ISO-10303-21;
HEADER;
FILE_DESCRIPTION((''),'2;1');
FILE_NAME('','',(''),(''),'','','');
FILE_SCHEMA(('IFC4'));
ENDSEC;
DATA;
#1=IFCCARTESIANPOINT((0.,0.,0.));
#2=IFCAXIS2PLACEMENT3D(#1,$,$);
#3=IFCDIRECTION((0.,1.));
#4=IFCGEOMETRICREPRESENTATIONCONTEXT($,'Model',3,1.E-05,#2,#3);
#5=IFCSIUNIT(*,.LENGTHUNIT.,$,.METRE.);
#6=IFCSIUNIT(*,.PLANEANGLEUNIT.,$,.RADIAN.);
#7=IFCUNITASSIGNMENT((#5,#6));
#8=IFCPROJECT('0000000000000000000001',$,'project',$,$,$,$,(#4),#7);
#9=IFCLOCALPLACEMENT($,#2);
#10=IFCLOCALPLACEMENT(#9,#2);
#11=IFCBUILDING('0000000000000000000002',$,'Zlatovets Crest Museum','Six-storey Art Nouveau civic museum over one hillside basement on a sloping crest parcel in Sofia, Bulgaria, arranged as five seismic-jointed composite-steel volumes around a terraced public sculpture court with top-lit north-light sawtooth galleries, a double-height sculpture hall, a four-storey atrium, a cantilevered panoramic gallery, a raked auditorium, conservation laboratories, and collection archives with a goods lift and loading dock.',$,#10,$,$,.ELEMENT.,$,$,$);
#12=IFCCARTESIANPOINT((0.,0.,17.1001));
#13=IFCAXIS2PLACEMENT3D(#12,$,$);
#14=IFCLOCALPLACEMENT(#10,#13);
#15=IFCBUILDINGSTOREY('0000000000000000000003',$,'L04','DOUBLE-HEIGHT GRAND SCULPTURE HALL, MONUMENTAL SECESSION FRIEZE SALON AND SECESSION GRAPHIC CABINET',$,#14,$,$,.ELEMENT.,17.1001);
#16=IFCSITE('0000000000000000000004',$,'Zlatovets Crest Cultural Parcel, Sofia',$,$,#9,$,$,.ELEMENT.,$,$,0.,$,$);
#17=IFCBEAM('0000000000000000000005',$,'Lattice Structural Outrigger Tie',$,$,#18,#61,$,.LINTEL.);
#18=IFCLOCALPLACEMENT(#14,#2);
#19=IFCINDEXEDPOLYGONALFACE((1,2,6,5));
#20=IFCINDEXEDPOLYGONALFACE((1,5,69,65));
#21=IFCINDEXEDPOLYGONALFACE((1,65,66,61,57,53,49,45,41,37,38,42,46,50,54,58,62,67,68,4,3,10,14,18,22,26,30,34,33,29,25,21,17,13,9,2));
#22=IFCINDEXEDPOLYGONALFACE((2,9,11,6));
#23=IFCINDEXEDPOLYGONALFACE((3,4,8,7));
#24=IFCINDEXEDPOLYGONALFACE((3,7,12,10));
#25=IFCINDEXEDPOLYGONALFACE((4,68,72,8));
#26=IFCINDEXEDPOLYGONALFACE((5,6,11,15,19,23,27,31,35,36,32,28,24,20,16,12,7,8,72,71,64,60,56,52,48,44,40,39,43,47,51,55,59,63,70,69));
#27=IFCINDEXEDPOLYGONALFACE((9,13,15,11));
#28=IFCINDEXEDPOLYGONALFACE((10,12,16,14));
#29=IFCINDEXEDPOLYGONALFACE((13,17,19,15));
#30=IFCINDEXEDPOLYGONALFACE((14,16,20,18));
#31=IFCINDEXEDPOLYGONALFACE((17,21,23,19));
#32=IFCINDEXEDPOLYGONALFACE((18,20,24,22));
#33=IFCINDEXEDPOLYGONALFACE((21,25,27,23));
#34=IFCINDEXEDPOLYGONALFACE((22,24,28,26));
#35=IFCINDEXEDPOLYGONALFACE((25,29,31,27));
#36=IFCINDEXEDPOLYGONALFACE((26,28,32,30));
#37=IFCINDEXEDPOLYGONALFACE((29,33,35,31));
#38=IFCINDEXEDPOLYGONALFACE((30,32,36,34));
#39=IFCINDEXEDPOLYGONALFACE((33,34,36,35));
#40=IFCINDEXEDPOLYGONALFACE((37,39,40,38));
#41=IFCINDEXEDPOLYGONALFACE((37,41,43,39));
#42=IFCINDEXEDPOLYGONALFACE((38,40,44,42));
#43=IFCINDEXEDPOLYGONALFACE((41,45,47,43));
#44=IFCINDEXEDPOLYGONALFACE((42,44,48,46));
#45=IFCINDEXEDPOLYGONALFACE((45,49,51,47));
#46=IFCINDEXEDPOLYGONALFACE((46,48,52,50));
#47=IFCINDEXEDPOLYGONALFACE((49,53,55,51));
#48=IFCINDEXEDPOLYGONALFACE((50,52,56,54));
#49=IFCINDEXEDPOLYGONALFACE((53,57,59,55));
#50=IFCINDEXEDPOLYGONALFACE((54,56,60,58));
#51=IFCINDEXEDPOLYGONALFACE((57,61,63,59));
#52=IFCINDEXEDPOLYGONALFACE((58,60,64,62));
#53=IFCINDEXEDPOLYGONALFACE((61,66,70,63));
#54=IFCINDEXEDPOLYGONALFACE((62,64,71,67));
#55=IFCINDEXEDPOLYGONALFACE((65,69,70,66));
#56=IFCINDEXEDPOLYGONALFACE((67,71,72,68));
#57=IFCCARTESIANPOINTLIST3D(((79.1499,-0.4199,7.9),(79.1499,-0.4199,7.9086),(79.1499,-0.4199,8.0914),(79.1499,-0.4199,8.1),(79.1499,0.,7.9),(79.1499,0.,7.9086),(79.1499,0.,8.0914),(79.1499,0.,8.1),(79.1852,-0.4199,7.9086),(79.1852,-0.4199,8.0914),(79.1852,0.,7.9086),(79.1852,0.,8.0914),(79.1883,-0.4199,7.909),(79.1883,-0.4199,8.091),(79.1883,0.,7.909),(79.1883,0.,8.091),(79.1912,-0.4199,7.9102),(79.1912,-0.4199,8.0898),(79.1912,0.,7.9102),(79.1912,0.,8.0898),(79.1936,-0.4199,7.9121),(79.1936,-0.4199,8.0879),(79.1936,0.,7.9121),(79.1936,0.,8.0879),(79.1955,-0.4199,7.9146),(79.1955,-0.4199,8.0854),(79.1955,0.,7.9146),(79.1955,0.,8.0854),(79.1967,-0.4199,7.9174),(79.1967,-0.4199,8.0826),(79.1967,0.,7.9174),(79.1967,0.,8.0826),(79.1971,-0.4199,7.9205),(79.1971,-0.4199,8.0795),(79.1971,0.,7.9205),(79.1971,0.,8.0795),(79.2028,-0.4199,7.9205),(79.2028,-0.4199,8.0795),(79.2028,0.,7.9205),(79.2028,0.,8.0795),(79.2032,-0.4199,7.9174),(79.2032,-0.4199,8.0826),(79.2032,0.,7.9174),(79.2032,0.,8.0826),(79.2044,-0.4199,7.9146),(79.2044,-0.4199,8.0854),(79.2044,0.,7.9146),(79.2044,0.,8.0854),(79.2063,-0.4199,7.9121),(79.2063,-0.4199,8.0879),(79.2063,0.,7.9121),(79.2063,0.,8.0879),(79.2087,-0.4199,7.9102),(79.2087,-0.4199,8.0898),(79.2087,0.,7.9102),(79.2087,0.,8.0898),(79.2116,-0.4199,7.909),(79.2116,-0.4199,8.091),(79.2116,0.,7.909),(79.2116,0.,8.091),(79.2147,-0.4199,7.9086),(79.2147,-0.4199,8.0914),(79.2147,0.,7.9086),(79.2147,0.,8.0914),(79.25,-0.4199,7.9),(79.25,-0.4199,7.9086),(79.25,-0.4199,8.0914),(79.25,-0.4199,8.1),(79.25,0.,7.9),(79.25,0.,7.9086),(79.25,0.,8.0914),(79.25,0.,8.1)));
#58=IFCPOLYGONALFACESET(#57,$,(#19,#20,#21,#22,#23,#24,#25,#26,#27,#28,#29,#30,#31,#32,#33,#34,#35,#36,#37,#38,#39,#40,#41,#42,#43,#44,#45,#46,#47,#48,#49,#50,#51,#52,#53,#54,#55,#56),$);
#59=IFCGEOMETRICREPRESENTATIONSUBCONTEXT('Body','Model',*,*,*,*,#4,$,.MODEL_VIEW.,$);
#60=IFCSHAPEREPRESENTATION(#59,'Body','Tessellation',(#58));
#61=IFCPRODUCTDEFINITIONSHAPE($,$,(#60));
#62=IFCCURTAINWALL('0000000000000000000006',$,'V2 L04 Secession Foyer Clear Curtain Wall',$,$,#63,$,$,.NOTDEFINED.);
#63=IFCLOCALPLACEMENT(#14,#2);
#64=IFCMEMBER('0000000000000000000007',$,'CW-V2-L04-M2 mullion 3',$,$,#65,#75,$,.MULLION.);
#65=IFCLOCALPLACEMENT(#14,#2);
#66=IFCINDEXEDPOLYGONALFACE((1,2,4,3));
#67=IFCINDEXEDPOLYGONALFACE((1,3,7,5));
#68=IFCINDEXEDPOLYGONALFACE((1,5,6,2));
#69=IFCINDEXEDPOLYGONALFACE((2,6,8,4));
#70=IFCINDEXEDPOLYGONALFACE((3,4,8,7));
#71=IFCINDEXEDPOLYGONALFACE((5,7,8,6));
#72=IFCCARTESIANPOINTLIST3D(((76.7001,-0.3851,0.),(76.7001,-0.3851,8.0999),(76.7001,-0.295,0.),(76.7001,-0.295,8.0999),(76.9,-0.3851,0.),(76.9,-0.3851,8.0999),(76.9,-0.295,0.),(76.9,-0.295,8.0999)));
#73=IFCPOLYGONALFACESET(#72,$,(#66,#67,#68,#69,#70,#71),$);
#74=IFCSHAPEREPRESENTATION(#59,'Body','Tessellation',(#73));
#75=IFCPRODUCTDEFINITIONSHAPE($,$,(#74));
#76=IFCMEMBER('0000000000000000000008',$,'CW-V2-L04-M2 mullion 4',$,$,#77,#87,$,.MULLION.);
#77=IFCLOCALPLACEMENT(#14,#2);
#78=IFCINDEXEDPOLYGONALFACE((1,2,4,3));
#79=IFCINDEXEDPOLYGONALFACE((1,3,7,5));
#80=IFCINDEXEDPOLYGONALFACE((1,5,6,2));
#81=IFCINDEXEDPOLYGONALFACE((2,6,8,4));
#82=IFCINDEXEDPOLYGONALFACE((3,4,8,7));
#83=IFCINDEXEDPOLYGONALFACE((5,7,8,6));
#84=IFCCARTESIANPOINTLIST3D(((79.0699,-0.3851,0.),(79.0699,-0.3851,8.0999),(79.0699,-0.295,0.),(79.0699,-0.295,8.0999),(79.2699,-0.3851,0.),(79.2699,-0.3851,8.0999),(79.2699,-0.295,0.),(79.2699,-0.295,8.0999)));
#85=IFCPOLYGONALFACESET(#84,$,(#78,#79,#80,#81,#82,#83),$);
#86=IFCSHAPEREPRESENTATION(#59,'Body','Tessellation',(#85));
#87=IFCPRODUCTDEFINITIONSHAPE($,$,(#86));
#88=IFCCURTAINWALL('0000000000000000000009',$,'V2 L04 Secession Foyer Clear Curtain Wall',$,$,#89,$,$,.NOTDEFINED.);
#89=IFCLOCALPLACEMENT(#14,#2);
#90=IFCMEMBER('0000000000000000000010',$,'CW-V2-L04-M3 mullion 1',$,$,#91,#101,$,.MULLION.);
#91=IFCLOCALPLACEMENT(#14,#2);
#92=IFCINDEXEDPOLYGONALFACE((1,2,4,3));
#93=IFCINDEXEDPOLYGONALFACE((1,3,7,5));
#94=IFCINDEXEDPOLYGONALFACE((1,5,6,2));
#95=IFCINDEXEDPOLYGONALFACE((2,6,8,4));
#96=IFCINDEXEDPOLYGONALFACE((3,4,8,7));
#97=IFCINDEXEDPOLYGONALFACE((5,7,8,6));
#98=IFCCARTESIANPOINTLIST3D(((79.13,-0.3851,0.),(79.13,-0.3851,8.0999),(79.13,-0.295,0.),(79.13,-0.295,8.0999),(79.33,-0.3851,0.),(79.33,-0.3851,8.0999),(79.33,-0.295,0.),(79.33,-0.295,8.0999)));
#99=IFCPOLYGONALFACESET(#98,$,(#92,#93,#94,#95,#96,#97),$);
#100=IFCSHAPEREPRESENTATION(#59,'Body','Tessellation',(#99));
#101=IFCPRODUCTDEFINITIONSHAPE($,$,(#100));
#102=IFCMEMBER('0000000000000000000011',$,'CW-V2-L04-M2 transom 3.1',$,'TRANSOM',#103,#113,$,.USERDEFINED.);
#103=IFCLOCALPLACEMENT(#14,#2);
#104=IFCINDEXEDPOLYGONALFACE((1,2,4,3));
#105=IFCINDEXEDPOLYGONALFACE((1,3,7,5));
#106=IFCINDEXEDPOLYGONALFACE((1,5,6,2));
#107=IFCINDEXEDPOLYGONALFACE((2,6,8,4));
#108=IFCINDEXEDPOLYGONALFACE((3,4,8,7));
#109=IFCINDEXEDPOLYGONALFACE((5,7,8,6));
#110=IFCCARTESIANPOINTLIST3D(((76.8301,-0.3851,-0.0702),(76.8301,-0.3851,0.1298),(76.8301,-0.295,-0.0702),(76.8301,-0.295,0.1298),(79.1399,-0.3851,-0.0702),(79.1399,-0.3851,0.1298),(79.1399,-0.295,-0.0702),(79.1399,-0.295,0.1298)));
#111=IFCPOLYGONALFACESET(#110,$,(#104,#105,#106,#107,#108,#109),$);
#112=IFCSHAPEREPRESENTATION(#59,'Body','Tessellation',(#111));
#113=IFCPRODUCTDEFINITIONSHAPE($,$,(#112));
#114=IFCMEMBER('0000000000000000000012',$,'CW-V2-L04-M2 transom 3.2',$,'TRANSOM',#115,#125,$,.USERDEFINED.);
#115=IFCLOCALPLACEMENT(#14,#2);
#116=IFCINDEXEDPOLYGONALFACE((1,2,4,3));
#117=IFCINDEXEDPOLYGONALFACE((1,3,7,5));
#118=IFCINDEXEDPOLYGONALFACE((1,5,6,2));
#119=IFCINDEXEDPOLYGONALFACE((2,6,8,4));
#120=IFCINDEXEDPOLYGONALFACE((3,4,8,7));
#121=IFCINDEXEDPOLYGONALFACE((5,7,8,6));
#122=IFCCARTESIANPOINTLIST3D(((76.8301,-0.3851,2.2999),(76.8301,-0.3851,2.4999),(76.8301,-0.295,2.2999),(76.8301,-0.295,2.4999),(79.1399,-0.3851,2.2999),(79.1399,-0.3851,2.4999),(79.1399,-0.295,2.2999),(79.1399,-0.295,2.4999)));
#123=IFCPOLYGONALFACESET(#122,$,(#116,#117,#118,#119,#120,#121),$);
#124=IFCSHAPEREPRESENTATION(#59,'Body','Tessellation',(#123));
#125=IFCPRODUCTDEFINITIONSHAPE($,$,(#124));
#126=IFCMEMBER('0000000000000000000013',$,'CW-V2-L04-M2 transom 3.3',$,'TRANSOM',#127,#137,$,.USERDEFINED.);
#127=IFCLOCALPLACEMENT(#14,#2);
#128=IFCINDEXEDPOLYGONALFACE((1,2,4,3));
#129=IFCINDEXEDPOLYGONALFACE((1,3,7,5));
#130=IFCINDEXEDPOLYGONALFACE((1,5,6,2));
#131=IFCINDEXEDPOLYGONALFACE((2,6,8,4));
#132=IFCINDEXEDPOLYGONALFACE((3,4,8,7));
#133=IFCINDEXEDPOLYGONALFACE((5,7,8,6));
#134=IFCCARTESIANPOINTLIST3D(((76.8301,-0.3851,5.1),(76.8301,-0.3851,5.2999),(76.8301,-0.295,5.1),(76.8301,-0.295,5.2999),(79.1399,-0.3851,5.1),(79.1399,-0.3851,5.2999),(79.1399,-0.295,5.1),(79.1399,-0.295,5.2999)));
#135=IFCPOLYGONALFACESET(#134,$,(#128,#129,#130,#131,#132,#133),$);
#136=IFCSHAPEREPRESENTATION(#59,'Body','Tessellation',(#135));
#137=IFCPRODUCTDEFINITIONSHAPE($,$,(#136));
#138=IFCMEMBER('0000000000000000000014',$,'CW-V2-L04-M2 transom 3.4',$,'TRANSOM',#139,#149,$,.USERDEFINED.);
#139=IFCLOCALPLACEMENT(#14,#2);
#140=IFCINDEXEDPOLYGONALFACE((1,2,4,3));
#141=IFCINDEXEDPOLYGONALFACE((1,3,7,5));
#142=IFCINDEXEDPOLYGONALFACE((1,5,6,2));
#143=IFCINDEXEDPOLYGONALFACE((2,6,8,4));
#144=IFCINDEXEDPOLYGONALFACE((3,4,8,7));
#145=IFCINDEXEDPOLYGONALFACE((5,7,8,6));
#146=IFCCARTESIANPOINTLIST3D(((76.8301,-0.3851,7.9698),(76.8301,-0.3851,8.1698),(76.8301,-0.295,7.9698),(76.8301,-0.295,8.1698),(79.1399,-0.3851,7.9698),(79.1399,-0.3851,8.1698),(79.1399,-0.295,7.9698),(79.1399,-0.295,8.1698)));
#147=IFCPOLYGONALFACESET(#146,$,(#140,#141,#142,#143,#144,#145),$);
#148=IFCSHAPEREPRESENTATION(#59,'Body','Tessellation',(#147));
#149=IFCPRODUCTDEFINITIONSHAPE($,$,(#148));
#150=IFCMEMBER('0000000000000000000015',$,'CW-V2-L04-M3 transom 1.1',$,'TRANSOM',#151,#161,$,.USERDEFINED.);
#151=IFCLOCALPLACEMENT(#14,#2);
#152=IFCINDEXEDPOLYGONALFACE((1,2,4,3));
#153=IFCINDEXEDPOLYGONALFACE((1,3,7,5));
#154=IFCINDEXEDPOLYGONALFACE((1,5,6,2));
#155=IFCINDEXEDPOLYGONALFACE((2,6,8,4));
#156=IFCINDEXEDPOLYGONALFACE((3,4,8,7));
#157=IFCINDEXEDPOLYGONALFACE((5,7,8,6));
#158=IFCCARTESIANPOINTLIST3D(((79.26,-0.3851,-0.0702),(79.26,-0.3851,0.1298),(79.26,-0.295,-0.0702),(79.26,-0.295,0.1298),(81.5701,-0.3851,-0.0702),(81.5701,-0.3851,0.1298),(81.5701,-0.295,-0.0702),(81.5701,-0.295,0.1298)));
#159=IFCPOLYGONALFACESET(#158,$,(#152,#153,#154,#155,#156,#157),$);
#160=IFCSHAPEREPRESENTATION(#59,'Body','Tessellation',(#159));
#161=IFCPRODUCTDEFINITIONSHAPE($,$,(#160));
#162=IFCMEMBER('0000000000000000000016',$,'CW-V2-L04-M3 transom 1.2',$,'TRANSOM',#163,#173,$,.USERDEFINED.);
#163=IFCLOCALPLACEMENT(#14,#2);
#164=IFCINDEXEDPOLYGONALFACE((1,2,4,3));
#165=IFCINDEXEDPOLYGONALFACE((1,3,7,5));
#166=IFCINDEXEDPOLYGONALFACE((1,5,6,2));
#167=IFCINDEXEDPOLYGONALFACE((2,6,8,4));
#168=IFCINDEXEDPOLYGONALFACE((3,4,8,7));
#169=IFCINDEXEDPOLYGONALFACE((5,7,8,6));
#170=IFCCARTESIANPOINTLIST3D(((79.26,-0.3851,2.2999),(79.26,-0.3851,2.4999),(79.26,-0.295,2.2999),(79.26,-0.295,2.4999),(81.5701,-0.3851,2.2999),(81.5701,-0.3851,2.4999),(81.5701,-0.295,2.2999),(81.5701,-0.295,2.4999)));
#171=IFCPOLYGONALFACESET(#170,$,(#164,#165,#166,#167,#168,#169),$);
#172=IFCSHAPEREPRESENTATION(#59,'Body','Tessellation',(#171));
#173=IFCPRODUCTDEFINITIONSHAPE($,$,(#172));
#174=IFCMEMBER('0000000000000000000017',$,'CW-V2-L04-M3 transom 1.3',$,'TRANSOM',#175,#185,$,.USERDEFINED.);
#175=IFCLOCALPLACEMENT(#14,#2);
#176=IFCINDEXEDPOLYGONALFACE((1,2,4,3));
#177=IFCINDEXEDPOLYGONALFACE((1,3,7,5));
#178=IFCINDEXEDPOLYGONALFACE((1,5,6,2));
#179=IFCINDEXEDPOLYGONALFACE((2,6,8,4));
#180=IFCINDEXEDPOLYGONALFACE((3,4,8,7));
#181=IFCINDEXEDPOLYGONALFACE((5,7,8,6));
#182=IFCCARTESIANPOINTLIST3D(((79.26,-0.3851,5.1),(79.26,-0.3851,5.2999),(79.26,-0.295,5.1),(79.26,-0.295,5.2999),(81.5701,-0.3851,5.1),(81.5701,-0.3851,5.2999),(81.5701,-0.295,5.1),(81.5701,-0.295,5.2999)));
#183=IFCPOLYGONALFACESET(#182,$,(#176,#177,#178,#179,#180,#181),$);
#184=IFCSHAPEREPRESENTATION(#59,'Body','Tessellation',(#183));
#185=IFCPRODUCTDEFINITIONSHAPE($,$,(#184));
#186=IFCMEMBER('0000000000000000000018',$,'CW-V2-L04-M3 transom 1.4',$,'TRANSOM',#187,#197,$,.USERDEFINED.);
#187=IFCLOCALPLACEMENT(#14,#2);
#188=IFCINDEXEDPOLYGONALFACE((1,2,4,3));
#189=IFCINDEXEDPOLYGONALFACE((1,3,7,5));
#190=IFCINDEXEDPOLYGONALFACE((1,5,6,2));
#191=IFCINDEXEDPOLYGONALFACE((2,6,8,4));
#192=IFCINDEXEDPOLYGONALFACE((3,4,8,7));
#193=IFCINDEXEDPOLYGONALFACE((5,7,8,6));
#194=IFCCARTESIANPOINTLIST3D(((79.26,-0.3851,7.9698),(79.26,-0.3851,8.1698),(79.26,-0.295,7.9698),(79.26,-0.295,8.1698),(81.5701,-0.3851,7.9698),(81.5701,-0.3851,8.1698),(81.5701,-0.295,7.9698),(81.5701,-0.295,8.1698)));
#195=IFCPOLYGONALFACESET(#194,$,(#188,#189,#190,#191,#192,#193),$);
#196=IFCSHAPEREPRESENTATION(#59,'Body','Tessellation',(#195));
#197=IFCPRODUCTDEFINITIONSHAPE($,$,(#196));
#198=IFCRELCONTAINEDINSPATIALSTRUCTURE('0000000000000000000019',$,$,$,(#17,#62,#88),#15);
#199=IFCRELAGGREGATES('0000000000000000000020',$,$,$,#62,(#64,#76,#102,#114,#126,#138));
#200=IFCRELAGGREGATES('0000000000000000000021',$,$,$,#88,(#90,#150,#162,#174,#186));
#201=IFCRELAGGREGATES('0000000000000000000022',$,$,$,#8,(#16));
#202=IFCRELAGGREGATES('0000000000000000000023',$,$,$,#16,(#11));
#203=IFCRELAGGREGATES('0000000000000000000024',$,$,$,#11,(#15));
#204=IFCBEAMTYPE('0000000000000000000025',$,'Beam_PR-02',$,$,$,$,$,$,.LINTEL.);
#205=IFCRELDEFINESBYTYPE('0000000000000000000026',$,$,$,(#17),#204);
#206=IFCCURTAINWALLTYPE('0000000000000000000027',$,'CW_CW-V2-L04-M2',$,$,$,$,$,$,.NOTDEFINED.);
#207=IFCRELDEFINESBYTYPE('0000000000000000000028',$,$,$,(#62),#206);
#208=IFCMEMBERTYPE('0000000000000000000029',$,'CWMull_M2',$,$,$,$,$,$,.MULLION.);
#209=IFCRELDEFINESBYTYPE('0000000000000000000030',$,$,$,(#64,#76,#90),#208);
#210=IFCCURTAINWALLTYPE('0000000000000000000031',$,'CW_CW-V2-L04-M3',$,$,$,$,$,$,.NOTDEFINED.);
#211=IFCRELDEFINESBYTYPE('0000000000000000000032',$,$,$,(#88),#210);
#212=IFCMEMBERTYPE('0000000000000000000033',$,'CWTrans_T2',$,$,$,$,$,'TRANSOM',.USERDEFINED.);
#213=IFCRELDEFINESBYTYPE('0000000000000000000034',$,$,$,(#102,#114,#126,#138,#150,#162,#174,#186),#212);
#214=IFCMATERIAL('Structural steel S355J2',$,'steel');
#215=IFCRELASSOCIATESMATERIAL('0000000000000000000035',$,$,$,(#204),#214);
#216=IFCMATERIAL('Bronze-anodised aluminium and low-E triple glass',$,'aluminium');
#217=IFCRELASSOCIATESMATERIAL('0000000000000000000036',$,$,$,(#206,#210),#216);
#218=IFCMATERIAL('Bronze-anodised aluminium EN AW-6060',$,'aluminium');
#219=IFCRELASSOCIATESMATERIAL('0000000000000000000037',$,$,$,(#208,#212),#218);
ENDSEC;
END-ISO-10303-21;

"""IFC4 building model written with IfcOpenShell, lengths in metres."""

from ifc_helpers import new_model, si_unit, direction, frame, origin, origin_2d, place, context, subcontext, project, spatial, rectangle, i_section, extrude, material, material_profile, profile_set, type_object, element, aggregate, save


model = new_model("IFC4")

# Units and contexts
model_context = context("Model", 3, precision=1e-05, world=origin(), true_north=direction((0.0, 1.0)))
body_context = subcontext(model_context, "Body", "Model", "MODEL_VIEW")
ifc_project = project(units=[si_unit("LENGTHUNIT", "METRE"), si_unit("PLANEANGLEUNIT", "RADIAN")], contexts=[model_context])

# Site, building, storey
site_placement = place(None, origin())
site = spatial("IfcSite", under=ifc_project, at=site_placement, Name="Zlatovets Crest Cultural Parcel, Sofia", CompositionType="ELEMENT", RefElevation=0.0)
building_placement = place(site_placement, origin())
building = spatial("IfcBuilding", under=site, at=building_placement, Name="Zlatovets Crest Museum", Description="Six-storey Art Nouveau civic museum over one hillside basement on a sloping crest parcel in Sofia, Bulgaria, arranged as five seismic-jointed composite-steel volumes around a terraced public sculpture court with top-lit north-light sawtooth galleries, a double-height sculpture hall, a four-storey atrium, a cantilevered panoramic gallery, a raked auditorium, conservation laboratories, and collection archives with a goods lift and loading dock.", CompositionType="ELEMENT")
storey_placement = place(building_placement, frame((0.0, 0.0, 17.1001)))
storey = spatial("IfcBuildingStorey", under=building, at=storey_placement, Name="L04", Description="DOUBLE-HEIGHT GRAND SCULPTURE HALL, MONUMENTAL SECESSION FRIEZE SALON AND SECESSION GRAPHIC CABINET", CompositionType="ELEMENT", Elevation=17.1001)

# Shared definitions
ifc_material_1 = material(Name="Structural steel S355J2", Category="steel")

# Beam
ifc_material_profile_1 = material_profile(ifc_material_1, i_section(OverallWidth=0.1001, OverallDepth=0.2, WebThickness=0.0056, FlangeThickness=0.0085, FilletRadius=0.012, at=origin_2d()), Name="IPE 200")
ifc_profile_set_1 = profile_set([ifc_material_profile_1], Name="Structural steel S355J2")
beam_type_1 = type_object("IfcBeamType", Name="Beam_PR-02", PredefinedType="LINTEL", material=ifc_profile_set_1)
for number, where, z_axis, x_axis, name in (
    (1, (79.2, 0.0, 8.0), (0.0, -1.0, 0.0), (1.0, 0.0, 0.0), "Lattice Structural Outrigger Tie"),
):
    element("IfcBeam", number, at=place(storey_placement, frame(where, z_axis=z_axis, x_axis=x_axis)), inside=storey, type_object=beam_type_1, Name=name, PredefinedType="LINTEL", context=body_context, shape_type="SweptSolid", body=[
        extrude(i_section(OverallWidth=0.1001, OverallDepth=0.2, WebThickness=0.0056, FlangeThickness=0.0085, FilletRadius=0.012, at=origin_2d()), origin(), (0.0, 0.0, 1.0), 0.4199),
    ])

# Curtain wall, members
ifc_material_2 = material(Name="Bronze-anodised aluminium and low-E triple glass", Category="aluminium")
curtain_wall_type_1 = type_object("IfcCurtainWallType", Name="CW_CW-V2-L04-M2", PredefinedType="NOTDEFINED", material=ifc_material_2)
curtain_wall_1_placement = place(storey_placement, origin())
curtain_wall_1 = element("IfcCurtainWall", 2, at=curtain_wall_1_placement, inside=storey, type_object=curtain_wall_type_1, Name="V2 L04 Secession Foyer Clear Curtain Wall", PredefinedType="NOTDEFINED")
ifc_material_3 = material(Name="Bronze-anodised aluminium EN AW-6060", Category="aluminium")
ifc_material_profile_2 = material_profile(ifc_material_3, rectangle(XDim=0.0901, YDim=0.2, at=origin_2d()), Name="ALU 90x200")
ifc_profile_set_2 = profile_set([ifc_material_profile_2], Name="Bronze-anodised aluminium EN AW-6060")
member_type_1 = type_object("IfcMemberType", Name="CWMull_M2", PredefinedType="MULLION", material=ifc_profile_set_2)
member_1_placement = place(storey_placement, frame((76.8, -0.3401, 0.0), z_axis=(0.0, 0.0, 1.0), x_axis=(0.0, 1.0, 0.0)))
member_1 = element("IfcMember", 3, at=member_1_placement, type_object=member_type_1, Name="CW-V2-L04-M2 mullion 3", PredefinedType="MULLION", context=body_context, shape_type="SweptSolid", body=[
    extrude(rectangle(XDim=0.0901, YDim=0.2, at=origin_2d()), origin(), (0.0, 0.0, 1.0), 8.0999),
])
member_2_placement = place(storey_placement, frame((79.1699, -0.3401, 0.0), z_axis=(0.0, 0.0, 1.0), x_axis=(0.0, 1.0, 0.0)))
member_2 = element("IfcMember", 4, at=member_2_placement, type_object=member_type_1, Name="CW-V2-L04-M2 mullion 4", PredefinedType="MULLION", context=body_context, shape_type="SweptSolid", body=[
    extrude(rectangle(XDim=0.0901, YDim=0.2, at=origin_2d()), origin(), (0.0, 0.0, 1.0), 8.0999),
])

# Curtain wall, member
curtain_wall_type_2 = type_object("IfcCurtainWallType", Name="CW_CW-V2-L04-M3", PredefinedType="NOTDEFINED", material=ifc_material_2)
curtain_wall_2_placement = place(storey_placement, origin())
curtain_wall_2 = element("IfcCurtainWall", 5, at=curtain_wall_2_placement, inside=storey, type_object=curtain_wall_type_2, Name="V2 L04 Secession Foyer Clear Curtain Wall", PredefinedType="NOTDEFINED")
member_3_placement = place(storey_placement, frame((79.23, -0.3401, 0.0), z_axis=(0.0, 0.0, 1.0), x_axis=(0.0, 1.0, 0.0)))
member_3 = element("IfcMember", 6, at=member_3_placement, type_object=member_type_1, Name="CW-V2-L04-M3 mullion 1", PredefinedType="MULLION", context=body_context, shape_type="SweptSolid", body=[
    extrude(rectangle(XDim=0.0901, YDim=0.2, at=origin_2d()), origin(), (0.0, 0.0, 1.0), 8.0999),
])

# Members
ifc_material_profile_3 = material_profile(ifc_material_3, rectangle(XDim=0.0901, YDim=0.2, at=origin_2d()), Name="ALU 90x200")
ifc_profile_set_3 = profile_set([ifc_material_profile_3], Name="Bronze-anodised aluminium EN AW-6060")
member_type_2 = type_object("IfcMemberType", Name="CWTrans_T2", ElementType="TRANSOM", PredefinedType="USERDEFINED", material=ifc_profile_set_3)
member_4_placement = place(storey_placement, frame((76.8301, -0.3401, 0.0298), z_axis=(1.0, 0.0, 0.0), x_axis=(0.0, 1.0, 0.0)))
member_4 = element("IfcMember", 7, at=member_4_placement, type_object=member_type_2, Name="CW-V2-L04-M2 transom 3.1", ObjectType="TRANSOM", PredefinedType="USERDEFINED", context=body_context, shape_type="SweptSolid", body=[
    extrude(rectangle(XDim=0.0901, YDim=0.2, at=origin_2d()), origin(), (0.0, 0.0, 1.0), 2.3098),
])
member_5_placement = place(storey_placement, frame((76.8301, -0.3401, 2.3999), z_axis=(1.0, 0.0, 0.0), x_axis=(0.0, 1.0, 0.0)))
member_5 = element("IfcMember", 8, at=member_5_placement, type_object=member_type_2, Name="CW-V2-L04-M2 transom 3.2", ObjectType="TRANSOM", PredefinedType="USERDEFINED", context=body_context, shape_type="SweptSolid", body=[
    extrude(rectangle(XDim=0.0901, YDim=0.2, at=origin_2d()), origin(), (0.0, 0.0, 1.0), 2.3098),
])
member_6_placement = place(storey_placement, frame((76.8301, -0.3401, 5.2), z_axis=(1.0, 0.0, 0.0), x_axis=(0.0, 1.0, 0.0)))
member_6 = element("IfcMember", 9, at=member_6_placement, type_object=member_type_2, Name="CW-V2-L04-M2 transom 3.3", ObjectType="TRANSOM", PredefinedType="USERDEFINED", context=body_context, shape_type="SweptSolid", body=[
    extrude(rectangle(XDim=0.0901, YDim=0.2, at=origin_2d()), origin(), (0.0, 0.0, 1.0), 2.3098),
])
member_7_placement = place(storey_placement, frame((76.8301, -0.3401, 8.0698), z_axis=(1.0, 0.0, 0.0), x_axis=(0.0, 1.0, 0.0)))
member_7 = element("IfcMember", 10, at=member_7_placement, type_object=member_type_2, Name="CW-V2-L04-M2 transom 3.4", ObjectType="TRANSOM", PredefinedType="USERDEFINED", context=body_context, shape_type="SweptSolid", body=[
    extrude(rectangle(XDim=0.0901, YDim=0.2, at=origin_2d()), origin(), (0.0, 0.0, 1.0), 2.3098),
])
member_8_placement = place(storey_placement, frame((79.26, -0.3401, 0.0298), z_axis=(1.0, 0.0, 0.0), x_axis=(0.0, 1.0, 0.0)))
member_8 = element("IfcMember", 11, at=member_8_placement, type_object=member_type_2, Name="CW-V2-L04-M3 transom 1.1", ObjectType="TRANSOM", PredefinedType="USERDEFINED", context=body_context, shape_type="SweptSolid", body=[
    extrude(rectangle(XDim=0.0901, YDim=0.2, at=origin_2d()), origin(), (0.0, 0.0, 1.0), 2.3101),
])
member_9_placement = place(storey_placement, frame((79.26, -0.3401, 2.3999), z_axis=(1.0, 0.0, 0.0), x_axis=(0.0, 1.0, 0.0)))
member_9 = element("IfcMember", 12, at=member_9_placement, type_object=member_type_2, Name="CW-V2-L04-M3 transom 1.2", ObjectType="TRANSOM", PredefinedType="USERDEFINED", context=body_context, shape_type="SweptSolid", body=[
    extrude(rectangle(XDim=0.0901, YDim=0.2, at=origin_2d()), origin(), (0.0, 0.0, 1.0), 2.3101),
])
member_10_placement = place(storey_placement, frame((79.26, -0.3401, 5.2), z_axis=(1.0, 0.0, 0.0), x_axis=(0.0, 1.0, 0.0)))
member_10 = element("IfcMember", 13, at=member_10_placement, type_object=member_type_2, Name="CW-V2-L04-M3 transom 1.3", ObjectType="TRANSOM", PredefinedType="USERDEFINED", context=body_context, shape_type="SweptSolid", body=[
    extrude(rectangle(XDim=0.0901, YDim=0.2, at=origin_2d()), origin(), (0.0, 0.0, 1.0), 2.3101),
])
member_11_placement = place(storey_placement, frame((79.26, -0.3401, 8.0698), z_axis=(1.0, 0.0, 0.0), x_axis=(0.0, 1.0, 0.0)))
member_11 = element("IfcMember", 14, at=member_11_placement, type_object=member_type_2, Name="CW-V2-L04-M3 transom 1.4", ObjectType="TRANSOM", PredefinedType="USERDEFINED", context=body_context, shape_type="SweptSolid", body=[
    extrude(rectangle(XDim=0.0901, YDim=0.2, at=origin_2d()), origin(), (0.0, 0.0, 1.0), 2.3101),
])

aggregate(curtain_wall_1, [member_1, member_2, member_4, member_5, member_6, member_7])
aggregate(curtain_wall_2, [member_3, member_8, member_9, member_10, member_11])

save(model, "model.ifc")
